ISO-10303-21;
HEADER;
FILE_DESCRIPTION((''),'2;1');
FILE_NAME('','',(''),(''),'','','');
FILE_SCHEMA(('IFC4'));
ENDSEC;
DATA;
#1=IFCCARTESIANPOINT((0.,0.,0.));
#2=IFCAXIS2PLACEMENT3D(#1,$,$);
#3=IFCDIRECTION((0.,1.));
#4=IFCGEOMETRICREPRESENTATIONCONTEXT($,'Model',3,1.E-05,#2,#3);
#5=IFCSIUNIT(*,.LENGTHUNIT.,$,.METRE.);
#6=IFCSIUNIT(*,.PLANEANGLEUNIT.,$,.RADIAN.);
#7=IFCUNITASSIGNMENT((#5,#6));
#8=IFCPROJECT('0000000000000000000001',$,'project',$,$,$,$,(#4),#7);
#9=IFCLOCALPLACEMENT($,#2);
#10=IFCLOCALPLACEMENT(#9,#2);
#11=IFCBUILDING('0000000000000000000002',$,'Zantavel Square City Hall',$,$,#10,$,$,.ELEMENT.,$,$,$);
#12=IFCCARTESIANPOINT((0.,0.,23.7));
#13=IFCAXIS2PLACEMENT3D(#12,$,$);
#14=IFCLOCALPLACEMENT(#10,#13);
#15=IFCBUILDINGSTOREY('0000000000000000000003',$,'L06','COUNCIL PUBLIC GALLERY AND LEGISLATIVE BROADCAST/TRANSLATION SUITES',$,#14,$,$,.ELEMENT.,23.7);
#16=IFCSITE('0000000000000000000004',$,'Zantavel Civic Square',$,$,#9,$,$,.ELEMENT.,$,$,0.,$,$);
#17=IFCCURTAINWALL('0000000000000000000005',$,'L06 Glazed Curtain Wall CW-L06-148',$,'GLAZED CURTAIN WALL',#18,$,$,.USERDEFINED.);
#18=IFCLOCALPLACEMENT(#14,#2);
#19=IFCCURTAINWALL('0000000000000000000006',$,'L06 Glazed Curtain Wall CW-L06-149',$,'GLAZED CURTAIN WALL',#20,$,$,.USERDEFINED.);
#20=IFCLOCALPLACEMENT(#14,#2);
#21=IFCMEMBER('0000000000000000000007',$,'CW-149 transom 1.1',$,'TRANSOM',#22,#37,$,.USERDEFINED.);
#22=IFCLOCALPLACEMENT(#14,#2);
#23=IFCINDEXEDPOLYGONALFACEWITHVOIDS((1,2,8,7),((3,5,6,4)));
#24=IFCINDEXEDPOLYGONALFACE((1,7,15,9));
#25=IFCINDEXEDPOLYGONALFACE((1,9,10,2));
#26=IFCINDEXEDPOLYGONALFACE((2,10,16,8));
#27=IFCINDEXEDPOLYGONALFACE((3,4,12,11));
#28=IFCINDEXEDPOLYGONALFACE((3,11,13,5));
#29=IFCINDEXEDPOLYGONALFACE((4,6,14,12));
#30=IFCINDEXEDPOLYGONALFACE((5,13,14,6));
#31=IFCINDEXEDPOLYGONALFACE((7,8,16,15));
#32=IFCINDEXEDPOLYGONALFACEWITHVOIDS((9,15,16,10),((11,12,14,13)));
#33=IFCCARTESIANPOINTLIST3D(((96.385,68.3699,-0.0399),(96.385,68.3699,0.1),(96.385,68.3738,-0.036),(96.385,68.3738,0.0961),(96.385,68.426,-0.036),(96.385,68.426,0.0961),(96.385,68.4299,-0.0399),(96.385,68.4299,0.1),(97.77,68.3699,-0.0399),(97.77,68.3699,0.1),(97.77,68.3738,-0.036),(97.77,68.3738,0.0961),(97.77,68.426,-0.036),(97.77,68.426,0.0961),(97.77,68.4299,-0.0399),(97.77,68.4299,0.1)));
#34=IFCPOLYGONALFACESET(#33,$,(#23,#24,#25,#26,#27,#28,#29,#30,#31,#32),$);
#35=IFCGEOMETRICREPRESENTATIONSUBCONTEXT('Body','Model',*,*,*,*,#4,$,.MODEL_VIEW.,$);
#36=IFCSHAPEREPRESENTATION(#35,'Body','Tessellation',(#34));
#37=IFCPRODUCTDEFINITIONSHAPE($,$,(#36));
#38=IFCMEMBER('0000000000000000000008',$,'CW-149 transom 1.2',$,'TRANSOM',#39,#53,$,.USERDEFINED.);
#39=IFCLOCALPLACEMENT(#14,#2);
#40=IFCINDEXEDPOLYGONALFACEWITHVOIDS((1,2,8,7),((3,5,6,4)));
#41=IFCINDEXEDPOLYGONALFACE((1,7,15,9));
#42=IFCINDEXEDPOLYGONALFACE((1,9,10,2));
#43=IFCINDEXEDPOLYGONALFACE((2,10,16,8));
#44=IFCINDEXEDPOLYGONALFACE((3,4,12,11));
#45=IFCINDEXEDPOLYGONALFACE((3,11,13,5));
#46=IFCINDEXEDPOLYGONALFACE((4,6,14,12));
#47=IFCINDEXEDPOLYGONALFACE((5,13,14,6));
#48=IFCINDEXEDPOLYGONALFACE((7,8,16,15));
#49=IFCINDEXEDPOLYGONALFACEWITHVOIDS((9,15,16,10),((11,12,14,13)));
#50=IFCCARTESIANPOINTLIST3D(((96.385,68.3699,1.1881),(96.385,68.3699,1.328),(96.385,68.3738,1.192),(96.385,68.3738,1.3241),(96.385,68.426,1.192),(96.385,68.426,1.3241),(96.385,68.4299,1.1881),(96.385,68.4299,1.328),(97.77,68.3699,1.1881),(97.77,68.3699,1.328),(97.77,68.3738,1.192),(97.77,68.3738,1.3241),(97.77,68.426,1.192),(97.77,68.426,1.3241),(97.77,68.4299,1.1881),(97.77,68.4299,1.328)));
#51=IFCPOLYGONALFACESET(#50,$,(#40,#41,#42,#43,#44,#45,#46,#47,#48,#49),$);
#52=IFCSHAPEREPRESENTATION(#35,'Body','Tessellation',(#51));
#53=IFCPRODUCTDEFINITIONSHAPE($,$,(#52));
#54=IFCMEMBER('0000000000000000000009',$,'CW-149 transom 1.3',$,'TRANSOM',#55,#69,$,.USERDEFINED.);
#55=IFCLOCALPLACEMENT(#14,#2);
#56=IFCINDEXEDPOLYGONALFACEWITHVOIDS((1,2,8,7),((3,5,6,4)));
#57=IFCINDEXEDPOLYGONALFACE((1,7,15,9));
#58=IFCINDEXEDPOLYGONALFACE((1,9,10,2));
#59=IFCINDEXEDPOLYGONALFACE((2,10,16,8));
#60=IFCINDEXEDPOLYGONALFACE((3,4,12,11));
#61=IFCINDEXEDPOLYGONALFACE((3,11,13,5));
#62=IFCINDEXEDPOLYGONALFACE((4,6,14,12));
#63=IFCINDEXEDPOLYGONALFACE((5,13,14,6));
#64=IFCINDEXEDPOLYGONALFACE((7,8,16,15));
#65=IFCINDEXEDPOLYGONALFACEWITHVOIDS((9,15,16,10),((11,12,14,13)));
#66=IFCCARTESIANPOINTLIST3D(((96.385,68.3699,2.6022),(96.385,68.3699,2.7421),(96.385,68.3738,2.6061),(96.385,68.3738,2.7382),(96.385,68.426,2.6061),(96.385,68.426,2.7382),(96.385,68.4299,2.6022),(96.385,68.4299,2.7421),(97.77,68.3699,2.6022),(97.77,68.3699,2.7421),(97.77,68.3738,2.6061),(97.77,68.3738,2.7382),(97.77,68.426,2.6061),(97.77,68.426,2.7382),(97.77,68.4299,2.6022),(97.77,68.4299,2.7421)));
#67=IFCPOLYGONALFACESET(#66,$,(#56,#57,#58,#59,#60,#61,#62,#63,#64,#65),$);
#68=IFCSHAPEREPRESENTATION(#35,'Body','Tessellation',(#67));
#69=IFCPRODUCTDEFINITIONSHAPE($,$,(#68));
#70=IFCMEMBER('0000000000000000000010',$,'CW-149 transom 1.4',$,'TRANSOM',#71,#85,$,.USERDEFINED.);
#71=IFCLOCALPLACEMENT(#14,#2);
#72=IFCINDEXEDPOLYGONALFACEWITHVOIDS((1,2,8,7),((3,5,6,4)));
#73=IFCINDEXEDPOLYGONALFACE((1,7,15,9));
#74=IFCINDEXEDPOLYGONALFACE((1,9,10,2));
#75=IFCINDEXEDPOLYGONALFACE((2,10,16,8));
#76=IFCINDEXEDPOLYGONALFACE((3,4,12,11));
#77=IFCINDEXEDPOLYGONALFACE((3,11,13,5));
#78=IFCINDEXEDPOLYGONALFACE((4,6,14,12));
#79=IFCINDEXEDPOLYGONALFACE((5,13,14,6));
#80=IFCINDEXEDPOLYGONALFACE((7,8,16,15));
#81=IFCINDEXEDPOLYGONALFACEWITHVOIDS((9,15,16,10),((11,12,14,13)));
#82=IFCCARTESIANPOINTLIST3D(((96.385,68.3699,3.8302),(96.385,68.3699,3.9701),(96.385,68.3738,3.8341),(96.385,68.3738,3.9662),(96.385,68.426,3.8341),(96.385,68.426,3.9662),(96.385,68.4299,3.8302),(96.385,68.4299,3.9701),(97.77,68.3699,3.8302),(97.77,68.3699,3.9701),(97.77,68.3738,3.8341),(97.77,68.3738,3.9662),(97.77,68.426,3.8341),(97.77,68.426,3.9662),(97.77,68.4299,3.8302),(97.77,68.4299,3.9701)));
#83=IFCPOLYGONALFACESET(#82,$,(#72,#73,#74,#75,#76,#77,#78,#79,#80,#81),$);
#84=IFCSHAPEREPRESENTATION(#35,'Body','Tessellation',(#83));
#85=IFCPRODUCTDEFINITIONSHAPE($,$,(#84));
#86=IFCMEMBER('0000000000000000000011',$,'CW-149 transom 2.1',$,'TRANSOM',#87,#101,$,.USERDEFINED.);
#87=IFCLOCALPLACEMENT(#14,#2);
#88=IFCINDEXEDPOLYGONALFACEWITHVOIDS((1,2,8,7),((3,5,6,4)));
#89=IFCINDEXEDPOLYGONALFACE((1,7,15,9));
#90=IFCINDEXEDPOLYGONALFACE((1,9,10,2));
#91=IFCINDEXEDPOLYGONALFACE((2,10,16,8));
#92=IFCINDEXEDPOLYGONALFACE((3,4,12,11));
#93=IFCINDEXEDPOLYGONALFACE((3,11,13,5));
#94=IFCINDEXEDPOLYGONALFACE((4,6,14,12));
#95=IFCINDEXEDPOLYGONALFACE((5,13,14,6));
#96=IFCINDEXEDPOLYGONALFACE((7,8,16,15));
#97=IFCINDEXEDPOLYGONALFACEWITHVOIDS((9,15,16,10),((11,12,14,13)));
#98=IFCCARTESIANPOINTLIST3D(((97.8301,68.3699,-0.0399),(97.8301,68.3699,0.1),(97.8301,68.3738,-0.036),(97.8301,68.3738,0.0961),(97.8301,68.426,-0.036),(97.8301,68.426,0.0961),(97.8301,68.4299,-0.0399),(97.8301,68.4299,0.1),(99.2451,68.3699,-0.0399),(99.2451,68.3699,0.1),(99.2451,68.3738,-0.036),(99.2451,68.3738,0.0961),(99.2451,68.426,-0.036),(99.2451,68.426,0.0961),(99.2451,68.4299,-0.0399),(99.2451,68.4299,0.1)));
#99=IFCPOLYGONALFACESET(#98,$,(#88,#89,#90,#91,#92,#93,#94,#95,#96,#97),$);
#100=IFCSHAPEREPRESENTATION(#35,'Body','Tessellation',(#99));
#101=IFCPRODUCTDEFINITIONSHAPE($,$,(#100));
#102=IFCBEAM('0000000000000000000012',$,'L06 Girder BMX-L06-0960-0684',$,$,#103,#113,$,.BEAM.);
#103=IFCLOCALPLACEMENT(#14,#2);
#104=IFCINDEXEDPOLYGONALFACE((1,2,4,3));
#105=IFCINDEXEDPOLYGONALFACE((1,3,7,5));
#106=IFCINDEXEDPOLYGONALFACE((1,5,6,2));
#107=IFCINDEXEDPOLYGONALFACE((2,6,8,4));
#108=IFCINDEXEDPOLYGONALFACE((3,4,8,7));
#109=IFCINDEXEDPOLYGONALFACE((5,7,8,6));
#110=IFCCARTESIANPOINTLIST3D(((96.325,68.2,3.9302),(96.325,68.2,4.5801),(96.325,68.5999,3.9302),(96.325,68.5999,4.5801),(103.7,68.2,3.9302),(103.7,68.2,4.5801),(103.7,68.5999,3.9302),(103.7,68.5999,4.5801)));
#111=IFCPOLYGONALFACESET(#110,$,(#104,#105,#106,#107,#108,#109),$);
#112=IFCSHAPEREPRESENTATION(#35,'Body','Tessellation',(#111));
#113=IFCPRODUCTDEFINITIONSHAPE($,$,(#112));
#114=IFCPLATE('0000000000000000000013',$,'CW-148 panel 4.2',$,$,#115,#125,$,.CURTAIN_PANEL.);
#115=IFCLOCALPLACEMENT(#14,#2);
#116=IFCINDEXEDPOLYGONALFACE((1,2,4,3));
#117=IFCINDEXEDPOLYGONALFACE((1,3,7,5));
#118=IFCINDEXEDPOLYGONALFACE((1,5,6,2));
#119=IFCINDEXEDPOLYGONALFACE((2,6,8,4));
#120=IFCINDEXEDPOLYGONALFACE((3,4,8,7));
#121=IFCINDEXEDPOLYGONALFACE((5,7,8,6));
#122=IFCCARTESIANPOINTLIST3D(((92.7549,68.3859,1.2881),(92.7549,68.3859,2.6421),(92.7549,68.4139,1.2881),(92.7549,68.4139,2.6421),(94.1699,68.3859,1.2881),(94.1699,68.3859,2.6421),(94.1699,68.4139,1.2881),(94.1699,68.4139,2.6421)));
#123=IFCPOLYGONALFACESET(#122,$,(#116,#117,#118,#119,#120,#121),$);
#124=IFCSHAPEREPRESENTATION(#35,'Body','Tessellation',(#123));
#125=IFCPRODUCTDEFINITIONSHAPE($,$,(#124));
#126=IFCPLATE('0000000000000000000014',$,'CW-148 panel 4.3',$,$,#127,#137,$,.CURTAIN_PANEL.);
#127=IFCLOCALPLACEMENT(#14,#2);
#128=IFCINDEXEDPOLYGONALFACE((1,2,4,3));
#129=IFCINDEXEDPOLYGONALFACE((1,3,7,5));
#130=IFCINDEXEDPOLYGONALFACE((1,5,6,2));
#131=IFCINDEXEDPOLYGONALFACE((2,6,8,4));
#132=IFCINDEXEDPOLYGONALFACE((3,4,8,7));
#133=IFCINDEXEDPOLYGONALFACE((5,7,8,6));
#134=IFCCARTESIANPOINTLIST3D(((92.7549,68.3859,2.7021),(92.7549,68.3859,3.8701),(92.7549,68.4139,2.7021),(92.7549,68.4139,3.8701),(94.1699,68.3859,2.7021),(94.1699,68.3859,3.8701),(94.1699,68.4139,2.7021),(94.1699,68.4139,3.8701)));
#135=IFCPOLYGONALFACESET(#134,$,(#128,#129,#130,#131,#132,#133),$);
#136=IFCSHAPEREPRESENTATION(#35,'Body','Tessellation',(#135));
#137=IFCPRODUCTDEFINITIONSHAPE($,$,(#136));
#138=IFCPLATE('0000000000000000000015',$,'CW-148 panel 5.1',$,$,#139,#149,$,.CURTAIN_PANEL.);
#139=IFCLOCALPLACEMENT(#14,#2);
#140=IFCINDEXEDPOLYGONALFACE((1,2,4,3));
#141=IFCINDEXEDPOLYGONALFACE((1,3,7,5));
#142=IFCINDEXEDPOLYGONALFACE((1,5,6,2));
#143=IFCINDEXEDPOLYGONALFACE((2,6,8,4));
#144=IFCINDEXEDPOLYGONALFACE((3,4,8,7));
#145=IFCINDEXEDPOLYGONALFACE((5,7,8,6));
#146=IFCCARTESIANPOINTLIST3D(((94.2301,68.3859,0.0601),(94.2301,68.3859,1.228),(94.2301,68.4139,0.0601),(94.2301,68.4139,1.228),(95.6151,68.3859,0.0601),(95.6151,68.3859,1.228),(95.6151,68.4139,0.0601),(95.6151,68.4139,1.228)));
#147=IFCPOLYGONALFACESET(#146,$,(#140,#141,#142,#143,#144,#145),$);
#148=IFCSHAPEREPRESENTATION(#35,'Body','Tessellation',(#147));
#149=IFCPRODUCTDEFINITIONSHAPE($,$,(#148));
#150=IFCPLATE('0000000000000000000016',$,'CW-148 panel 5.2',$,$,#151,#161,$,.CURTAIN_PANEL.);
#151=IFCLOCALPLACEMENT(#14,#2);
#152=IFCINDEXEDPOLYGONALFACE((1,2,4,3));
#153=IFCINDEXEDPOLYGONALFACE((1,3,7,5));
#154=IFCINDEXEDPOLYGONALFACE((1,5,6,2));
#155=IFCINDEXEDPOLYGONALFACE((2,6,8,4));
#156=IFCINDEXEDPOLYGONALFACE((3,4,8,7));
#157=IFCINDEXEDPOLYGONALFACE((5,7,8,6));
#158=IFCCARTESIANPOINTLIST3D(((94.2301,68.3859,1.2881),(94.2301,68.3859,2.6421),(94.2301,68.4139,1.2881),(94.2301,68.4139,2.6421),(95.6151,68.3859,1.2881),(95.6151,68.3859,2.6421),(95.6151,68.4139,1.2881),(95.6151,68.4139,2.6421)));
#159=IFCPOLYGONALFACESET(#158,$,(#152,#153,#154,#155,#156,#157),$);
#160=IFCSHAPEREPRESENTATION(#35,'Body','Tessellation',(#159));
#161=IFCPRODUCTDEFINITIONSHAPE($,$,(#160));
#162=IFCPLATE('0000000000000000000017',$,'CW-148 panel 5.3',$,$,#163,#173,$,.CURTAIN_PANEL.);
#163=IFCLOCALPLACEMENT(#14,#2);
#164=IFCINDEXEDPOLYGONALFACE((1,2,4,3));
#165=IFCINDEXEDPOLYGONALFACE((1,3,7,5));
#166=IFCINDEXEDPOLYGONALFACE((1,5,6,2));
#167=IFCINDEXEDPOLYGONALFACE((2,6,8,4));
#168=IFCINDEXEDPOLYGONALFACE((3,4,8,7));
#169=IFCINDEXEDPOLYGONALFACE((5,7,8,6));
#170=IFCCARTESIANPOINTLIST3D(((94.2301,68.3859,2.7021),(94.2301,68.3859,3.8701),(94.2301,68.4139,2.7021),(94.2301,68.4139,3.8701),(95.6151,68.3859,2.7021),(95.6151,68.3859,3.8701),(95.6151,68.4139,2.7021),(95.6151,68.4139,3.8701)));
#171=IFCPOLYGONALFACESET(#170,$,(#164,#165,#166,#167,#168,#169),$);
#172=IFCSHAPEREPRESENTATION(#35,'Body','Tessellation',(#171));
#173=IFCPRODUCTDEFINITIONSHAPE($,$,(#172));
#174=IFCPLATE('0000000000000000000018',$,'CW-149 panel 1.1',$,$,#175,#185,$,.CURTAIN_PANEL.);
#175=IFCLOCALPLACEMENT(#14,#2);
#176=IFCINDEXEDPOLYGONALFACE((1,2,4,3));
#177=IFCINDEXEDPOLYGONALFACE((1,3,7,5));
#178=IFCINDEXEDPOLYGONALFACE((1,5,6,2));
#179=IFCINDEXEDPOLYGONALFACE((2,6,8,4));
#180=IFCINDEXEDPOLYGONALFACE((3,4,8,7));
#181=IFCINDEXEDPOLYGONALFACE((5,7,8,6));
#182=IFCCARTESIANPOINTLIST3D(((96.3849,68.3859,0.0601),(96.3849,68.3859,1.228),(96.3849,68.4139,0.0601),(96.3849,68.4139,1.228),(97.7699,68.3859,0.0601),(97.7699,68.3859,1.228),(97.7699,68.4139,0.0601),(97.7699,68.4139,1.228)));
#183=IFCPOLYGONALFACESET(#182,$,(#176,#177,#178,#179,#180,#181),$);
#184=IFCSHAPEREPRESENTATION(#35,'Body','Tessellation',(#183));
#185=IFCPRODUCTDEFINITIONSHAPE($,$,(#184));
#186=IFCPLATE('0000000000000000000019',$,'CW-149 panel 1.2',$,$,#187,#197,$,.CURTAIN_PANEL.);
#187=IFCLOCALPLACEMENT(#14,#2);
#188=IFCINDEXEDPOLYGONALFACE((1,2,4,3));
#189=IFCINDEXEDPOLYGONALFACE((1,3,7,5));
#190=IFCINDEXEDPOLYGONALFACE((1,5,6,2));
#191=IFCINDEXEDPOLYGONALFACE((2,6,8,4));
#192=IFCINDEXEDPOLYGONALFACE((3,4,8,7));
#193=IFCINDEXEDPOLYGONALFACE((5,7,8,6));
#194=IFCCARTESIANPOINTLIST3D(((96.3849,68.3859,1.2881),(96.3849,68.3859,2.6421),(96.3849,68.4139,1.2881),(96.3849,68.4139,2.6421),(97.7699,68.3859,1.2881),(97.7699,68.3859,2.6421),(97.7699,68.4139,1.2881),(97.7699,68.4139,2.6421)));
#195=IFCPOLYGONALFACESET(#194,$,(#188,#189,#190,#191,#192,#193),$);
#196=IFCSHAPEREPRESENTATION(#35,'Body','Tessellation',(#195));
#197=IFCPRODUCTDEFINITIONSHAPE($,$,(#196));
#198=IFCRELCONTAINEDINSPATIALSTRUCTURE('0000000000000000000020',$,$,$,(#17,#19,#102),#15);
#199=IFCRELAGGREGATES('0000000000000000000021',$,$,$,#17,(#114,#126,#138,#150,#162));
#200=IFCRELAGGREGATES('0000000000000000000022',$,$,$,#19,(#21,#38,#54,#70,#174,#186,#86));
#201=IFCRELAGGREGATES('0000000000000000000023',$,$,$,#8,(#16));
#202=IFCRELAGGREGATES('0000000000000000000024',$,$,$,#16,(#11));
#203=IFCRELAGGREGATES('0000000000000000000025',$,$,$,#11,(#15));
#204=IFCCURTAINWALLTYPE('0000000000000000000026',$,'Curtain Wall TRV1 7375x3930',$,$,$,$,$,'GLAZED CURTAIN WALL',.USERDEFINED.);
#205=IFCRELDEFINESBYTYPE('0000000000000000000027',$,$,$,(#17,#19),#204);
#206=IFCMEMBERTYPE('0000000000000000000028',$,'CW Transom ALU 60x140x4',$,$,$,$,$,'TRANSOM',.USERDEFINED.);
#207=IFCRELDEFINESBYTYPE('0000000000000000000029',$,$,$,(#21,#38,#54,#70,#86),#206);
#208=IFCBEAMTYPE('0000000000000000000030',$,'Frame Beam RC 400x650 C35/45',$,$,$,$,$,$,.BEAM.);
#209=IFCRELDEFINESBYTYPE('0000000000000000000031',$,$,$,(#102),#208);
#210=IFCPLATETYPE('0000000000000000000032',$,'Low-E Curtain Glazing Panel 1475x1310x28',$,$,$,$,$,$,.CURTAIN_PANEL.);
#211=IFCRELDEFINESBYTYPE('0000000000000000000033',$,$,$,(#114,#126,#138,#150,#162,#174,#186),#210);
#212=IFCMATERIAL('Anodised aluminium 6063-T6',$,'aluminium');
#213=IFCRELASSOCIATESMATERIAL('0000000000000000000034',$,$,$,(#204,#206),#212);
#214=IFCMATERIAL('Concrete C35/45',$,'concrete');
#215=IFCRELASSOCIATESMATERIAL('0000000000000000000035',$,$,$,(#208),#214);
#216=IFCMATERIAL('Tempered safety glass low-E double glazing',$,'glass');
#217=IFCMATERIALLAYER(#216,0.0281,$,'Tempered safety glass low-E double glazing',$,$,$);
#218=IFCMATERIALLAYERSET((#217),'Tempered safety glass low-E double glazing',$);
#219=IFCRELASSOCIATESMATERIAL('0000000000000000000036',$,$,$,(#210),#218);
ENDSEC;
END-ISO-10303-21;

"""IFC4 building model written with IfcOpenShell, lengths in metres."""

from ifc_helpers import new_model, si_unit, direction, frame, origin, origin_2d, place, context, subcontext, project, spatial, rectangle, hollow_rectangle, extrude, material, layer, layer_set, material_profile, profile_set, type_object, element, aggregate, save


model = new_model("IFC4")

# Units and contexts
model_context = context("Model", 3, precision=1e-05, world=origin(), true_north=direction((0.0, 1.0)))
body_context = subcontext(model_context, "Body", "Model", "MODEL_VIEW")
ifc_project = project(units=[si_unit("LENGTHUNIT", "METRE"), si_unit("PLANEANGLEUNIT", "RADIAN")], contexts=[model_context])

# Site, building, storey
site_placement = place(None, origin())
site = spatial("IfcSite", under=ifc_project, at=site_placement, Name="Zantavel Civic Square", CompositionType="ELEMENT", RefElevation=0.0)
building_placement = place(site_placement, origin())
building = spatial("IfcBuilding", under=site, at=building_placement, Name="Zantavel Square City Hall", CompositionType="ELEMENT")
storey_placement = place(building_placement, frame((0.0, 0.0, 23.7)))
storey = spatial("IfcBuildingStorey", under=building, at=storey_placement, Name="L06", Description="COUNCIL PUBLIC GALLERY AND LEGISLATIVE BROADCAST/TRANSLATION SUITES", CompositionType="ELEMENT", Elevation=23.7)

# Curtain walls
ifc_material_1 = material(Name="Anodised aluminium 6063-T6", Category="aluminium")
curtain_wall_type = type_object("IfcCurtainWallType", Name="Curtain Wall TRV1 7375x3930", ElementType="GLAZED CURTAIN WALL", PredefinedType="USERDEFINED", material=ifc_material_1)
curtain_wall_1_placement = place(storey_placement, origin())
curtain_wall_1 = element("IfcCurtainWall", 1, at=curtain_wall_1_placement, inside=storey, type_object=curtain_wall_type, Name="L06 Glazed Curtain Wall CW-L06-148", ObjectType="GLAZED CURTAIN WALL", PredefinedType="USERDEFINED")
curtain_wall_2_placement = place(storey_placement, origin())
curtain_wall_2 = element("IfcCurtainWall", 2, at=curtain_wall_2_placement, inside=storey, type_object=curtain_wall_type, Name="L06 Glazed Curtain Wall CW-L06-149", ObjectType="GLAZED CURTAIN WALL", PredefinedType="USERDEFINED")

# Members
ifc_material_profile_1 = material_profile(ifc_material_1, hollow_rectangle(XDim=0.0601, YDim=0.1399, WallThickness=0.0039, at=origin_2d()), Name="ALU 60x140x4")
ifc_profile_set_1 = profile_set([ifc_material_profile_1], Name="Anodised aluminium 6063-T6")
member_type_1 = type_object("IfcMemberType", Name="CW Transom ALU 60x140x4", ElementType="TRANSOM", PredefinedType="USERDEFINED", material=ifc_profile_set_1)
member_1_placement = place(storey_placement, frame((96.385, 68.3999, 0.03), z_axis=(1.0, 0.0, 0.0), x_axis=(0.0, 1.0, 0.0)))
member_1 = element("IfcMember", 3, at=member_1_placement, type_object=member_type_1, Name="CW-149 transom 1.1", ObjectType="TRANSOM", PredefinedType="USERDEFINED", context=body_context, shape_type="SweptSolid", body=[
    extrude(hollow_rectangle(XDim=0.0601, YDim=0.1399, WallThickness=0.0039, at=origin_2d()), origin(), (0.0, 0.0, 1.0), 1.385),
])
member_2_placement = place(storey_placement, frame((96.385, 68.3999, 1.2581), z_axis=(1.0, 0.0, 0.0), x_axis=(0.0, 1.0, 0.0)))
member_2 = element("IfcMember", 4, at=member_2_placement, type_object=member_type_1, Name="CW-149 transom 1.2", ObjectType="TRANSOM", PredefinedType="USERDEFINED", context=body_context, shape_type="SweptSolid", body=[
    extrude(hollow_rectangle(XDim=0.0601, YDim=0.1399, WallThickness=0.0039, at=origin_2d()), origin(), (0.0, 0.0, 1.0), 1.385),
])
member_3_placement = place(storey_placement, frame((96.385, 68.3999, 2.6721), z_axis=(1.0, 0.0, 0.0), x_axis=(0.0, 1.0, 0.0)))
member_3 = element("IfcMember", 5, at=member_3_placement, type_object=member_type_1, Name="CW-149 transom 1.3", ObjectType="TRANSOM", PredefinedType="USERDEFINED", context=body_context, shape_type="SweptSolid", body=[
    extrude(hollow_rectangle(XDim=0.0601, YDim=0.1399, WallThickness=0.0039, at=origin_2d()), origin(), (0.0, 0.0, 1.0), 1.385),
])
member_4_placement = place(storey_placement, frame((96.385, 68.3999, 3.9001), z_axis=(1.0, 0.0, 0.0), x_axis=(0.0, 1.0, 0.0)))
member_4 = element("IfcMember", 6, at=member_4_placement, type_object=member_type_1, Name="CW-149 transom 1.4", ObjectType="TRANSOM", PredefinedType="USERDEFINED", context=body_context, shape_type="SweptSolid", body=[
    extrude(hollow_rectangle(XDim=0.0601, YDim=0.1399, WallThickness=0.0039, at=origin_2d()), origin(), (0.0, 0.0, 1.0), 1.385),
])
member_5_placement = place(storey_placement, frame((97.8301, 68.3999, 0.03), z_axis=(1.0, 0.0, 0.0), x_axis=(0.0, 1.0, 0.0)))
member_5 = element("IfcMember", 7, at=member_5_placement, type_object=member_type_1, Name="CW-149 transom 2.1", ObjectType="TRANSOM", PredefinedType="USERDEFINED", context=body_context, shape_type="SweptSolid", body=[
    extrude(hollow_rectangle(XDim=0.0601, YDim=0.1399, WallThickness=0.0039, at=origin_2d()), origin(), (0.0, 0.0, 1.0), 1.415),
])

# Beam
ifc_material_2 = material(Name="Concrete C35/45", Category="concrete")
ifc_material_profile_2 = material_profile(ifc_material_2, rectangle(XDim=0.3999, YDim=0.6499, at=origin_2d()), Name="RC 400x650")
ifc_profile_set_2 = profile_set([ifc_material_profile_2], Name="Concrete C35/45")
beam_type = type_object("IfcBeamType", Name="Frame Beam RC 400x650 C35/45", PredefinedType="BEAM", material=ifc_profile_set_2)
beam_placement = place(storey_placement, frame((96.325, 68.3999, 4.2551), z_axis=(1.0, 0.0, 0.0), x_axis=(0.0, 1.0, 0.0)))
element("IfcBeam", 8, at=beam_placement, inside=storey, type_object=beam_type, Name="L06 Girder BMX-L06-0960-0684", PredefinedType="BEAM", context=body_context, shape_type="SweptSolid", body=[
    extrude(rectangle(XDim=0.3999, YDim=0.6499, at=origin_2d()), origin(), (0.0, 0.0, 1.0), 7.375),
])

# Plates
ifc_material_3 = material(Name="Tempered safety glass low-E double glazing", Category="glass")
ifc_layer_1 = layer(ifc_material_3, 0.0281, Name="Tempered safety glass low-E double glazing")
ifc_layer_set_1 = layer_set([ifc_layer_1], Name="Tempered safety glass low-E double glazing")
plate_type = type_object("IfcPlateType", Name="Low-E Curtain Glazing Panel 1475x1310x28", PredefinedType="CURTAIN_PANEL", material=ifc_layer_set_1)
plate_1_placement = place(storey_placement, frame((93.4624, 68.3999, 1.2881), z_axis=(0.0, 0.0, 1.0), x_axis=(1.0, 0.0, 0.0)))
plate_1 = element("IfcPlate", 9, at=plate_1_placement, type_object=plate_type, Name="CW-148 panel 4.2", PredefinedType="CURTAIN_PANEL", context=body_context, shape_type="SweptSolid", body=[
    extrude(rectangle(XDim=1.415, YDim=0.0281, at=origin_2d()), origin(), (0.0, 0.0, 1.0), 1.354),
])
plate_2_placement = place(storey_placement, frame((93.4624, 68.3999, 2.7021), z_axis=(0.0, 0.0, 1.0), x_axis=(1.0, 0.0, 0.0)))
plate_2 = element("IfcPlate", 10, at=plate_2_placement, type_object=plate_type, Name="CW-148 panel 4.3", PredefinedType="CURTAIN_PANEL", context=body_context, shape_type="SweptSolid", body=[
    extrude(rectangle(XDim=1.415, YDim=0.0281, at=origin_2d()), origin(), (0.0, 0.0, 1.0), 1.168),
])
plate_3_placement = place(storey_placement, frame((94.9226, 68.3999, 0.0601), z_axis=(0.0, 0.0, 1.0), x_axis=(1.0, 0.0, 0.0)))
plate_3 = element("IfcPlate", 11, at=plate_3_placement, type_object=plate_type, Name="CW-148 panel 5.1", PredefinedType="CURTAIN_PANEL", context=body_context, shape_type="SweptSolid", body=[
    extrude(rectangle(XDim=1.385, YDim=0.0281, at=origin_2d()), origin(), (0.0, 0.0, 1.0), 1.168),
])
plate_4_placement = place(storey_placement, frame((94.9226, 68.3999, 1.2881), z_axis=(0.0, 0.0, 1.0), x_axis=(1.0, 0.0, 0.0)))
plate_4 = element("IfcPlate", 12, at=plate_4_placement, type_object=plate_type, Name="CW-148 panel 5.2", PredefinedType="CURTAIN_PANEL", context=body_context, shape_type="SweptSolid", body=[
    extrude(rectangle(XDim=1.385, YDim=0.0281, at=origin_2d()), origin(), (0.0, 0.0, 1.0), 1.354),
])
plate_5_placement = place(storey_placement, frame((94.9226, 68.3999, 2.7021), z_axis=(0.0, 0.0, 1.0), x_axis=(1.0, 0.0, 0.0)))
plate_5 = element("IfcPlate", 13, at=plate_5_placement, type_object=plate_type, Name="CW-148 panel 5.3", PredefinedType="CURTAIN_PANEL", context=body_context, shape_type="SweptSolid", body=[
    extrude(rectangle(XDim=1.385, YDim=0.0281, at=origin_2d()), origin(), (0.0, 0.0, 1.0), 1.168),
])
aggregate(curtain_wall_1, [plate_1, plate_2, plate_3, plate_4, plate_5])
plate_6_placement = place(storey_placement, frame((97.0774, 68.3999, 0.0601), z_axis=(0.0, 0.0, 1.0), x_axis=(1.0, 0.0, 0.0)))
plate_6 = element("IfcPlate", 14, at=plate_6_placement, type_object=plate_type, Name="CW-149 panel 1.1", PredefinedType="CURTAIN_PANEL", context=body_context, shape_type="SweptSolid", body=[
    extrude(rectangle(XDim=1.385, YDim=0.0281, at=origin_2d()), origin(), (0.0, 0.0, 1.0), 1.168),
])
plate_7_placement = place(storey_placement, frame((97.0774, 68.3999, 1.2881), z_axis=(0.0, 0.0, 1.0), x_axis=(1.0, 0.0, 0.0)))
plate_7 = element("IfcPlate", 15, at=plate_7_placement, type_object=plate_type, Name="CW-149 panel 1.2", PredefinedType="CURTAIN_PANEL", context=body_context, shape_type="SweptSolid", body=[
    extrude(rectangle(XDim=1.385, YDim=0.0281, at=origin_2d()), origin(), (0.0, 0.0, 1.0), 1.354),
])
aggregate(curtain_wall_2, [member_1, member_2, member_3, member_4, plate_6, plate_7, member_5])

save(model, "model.ifc")
